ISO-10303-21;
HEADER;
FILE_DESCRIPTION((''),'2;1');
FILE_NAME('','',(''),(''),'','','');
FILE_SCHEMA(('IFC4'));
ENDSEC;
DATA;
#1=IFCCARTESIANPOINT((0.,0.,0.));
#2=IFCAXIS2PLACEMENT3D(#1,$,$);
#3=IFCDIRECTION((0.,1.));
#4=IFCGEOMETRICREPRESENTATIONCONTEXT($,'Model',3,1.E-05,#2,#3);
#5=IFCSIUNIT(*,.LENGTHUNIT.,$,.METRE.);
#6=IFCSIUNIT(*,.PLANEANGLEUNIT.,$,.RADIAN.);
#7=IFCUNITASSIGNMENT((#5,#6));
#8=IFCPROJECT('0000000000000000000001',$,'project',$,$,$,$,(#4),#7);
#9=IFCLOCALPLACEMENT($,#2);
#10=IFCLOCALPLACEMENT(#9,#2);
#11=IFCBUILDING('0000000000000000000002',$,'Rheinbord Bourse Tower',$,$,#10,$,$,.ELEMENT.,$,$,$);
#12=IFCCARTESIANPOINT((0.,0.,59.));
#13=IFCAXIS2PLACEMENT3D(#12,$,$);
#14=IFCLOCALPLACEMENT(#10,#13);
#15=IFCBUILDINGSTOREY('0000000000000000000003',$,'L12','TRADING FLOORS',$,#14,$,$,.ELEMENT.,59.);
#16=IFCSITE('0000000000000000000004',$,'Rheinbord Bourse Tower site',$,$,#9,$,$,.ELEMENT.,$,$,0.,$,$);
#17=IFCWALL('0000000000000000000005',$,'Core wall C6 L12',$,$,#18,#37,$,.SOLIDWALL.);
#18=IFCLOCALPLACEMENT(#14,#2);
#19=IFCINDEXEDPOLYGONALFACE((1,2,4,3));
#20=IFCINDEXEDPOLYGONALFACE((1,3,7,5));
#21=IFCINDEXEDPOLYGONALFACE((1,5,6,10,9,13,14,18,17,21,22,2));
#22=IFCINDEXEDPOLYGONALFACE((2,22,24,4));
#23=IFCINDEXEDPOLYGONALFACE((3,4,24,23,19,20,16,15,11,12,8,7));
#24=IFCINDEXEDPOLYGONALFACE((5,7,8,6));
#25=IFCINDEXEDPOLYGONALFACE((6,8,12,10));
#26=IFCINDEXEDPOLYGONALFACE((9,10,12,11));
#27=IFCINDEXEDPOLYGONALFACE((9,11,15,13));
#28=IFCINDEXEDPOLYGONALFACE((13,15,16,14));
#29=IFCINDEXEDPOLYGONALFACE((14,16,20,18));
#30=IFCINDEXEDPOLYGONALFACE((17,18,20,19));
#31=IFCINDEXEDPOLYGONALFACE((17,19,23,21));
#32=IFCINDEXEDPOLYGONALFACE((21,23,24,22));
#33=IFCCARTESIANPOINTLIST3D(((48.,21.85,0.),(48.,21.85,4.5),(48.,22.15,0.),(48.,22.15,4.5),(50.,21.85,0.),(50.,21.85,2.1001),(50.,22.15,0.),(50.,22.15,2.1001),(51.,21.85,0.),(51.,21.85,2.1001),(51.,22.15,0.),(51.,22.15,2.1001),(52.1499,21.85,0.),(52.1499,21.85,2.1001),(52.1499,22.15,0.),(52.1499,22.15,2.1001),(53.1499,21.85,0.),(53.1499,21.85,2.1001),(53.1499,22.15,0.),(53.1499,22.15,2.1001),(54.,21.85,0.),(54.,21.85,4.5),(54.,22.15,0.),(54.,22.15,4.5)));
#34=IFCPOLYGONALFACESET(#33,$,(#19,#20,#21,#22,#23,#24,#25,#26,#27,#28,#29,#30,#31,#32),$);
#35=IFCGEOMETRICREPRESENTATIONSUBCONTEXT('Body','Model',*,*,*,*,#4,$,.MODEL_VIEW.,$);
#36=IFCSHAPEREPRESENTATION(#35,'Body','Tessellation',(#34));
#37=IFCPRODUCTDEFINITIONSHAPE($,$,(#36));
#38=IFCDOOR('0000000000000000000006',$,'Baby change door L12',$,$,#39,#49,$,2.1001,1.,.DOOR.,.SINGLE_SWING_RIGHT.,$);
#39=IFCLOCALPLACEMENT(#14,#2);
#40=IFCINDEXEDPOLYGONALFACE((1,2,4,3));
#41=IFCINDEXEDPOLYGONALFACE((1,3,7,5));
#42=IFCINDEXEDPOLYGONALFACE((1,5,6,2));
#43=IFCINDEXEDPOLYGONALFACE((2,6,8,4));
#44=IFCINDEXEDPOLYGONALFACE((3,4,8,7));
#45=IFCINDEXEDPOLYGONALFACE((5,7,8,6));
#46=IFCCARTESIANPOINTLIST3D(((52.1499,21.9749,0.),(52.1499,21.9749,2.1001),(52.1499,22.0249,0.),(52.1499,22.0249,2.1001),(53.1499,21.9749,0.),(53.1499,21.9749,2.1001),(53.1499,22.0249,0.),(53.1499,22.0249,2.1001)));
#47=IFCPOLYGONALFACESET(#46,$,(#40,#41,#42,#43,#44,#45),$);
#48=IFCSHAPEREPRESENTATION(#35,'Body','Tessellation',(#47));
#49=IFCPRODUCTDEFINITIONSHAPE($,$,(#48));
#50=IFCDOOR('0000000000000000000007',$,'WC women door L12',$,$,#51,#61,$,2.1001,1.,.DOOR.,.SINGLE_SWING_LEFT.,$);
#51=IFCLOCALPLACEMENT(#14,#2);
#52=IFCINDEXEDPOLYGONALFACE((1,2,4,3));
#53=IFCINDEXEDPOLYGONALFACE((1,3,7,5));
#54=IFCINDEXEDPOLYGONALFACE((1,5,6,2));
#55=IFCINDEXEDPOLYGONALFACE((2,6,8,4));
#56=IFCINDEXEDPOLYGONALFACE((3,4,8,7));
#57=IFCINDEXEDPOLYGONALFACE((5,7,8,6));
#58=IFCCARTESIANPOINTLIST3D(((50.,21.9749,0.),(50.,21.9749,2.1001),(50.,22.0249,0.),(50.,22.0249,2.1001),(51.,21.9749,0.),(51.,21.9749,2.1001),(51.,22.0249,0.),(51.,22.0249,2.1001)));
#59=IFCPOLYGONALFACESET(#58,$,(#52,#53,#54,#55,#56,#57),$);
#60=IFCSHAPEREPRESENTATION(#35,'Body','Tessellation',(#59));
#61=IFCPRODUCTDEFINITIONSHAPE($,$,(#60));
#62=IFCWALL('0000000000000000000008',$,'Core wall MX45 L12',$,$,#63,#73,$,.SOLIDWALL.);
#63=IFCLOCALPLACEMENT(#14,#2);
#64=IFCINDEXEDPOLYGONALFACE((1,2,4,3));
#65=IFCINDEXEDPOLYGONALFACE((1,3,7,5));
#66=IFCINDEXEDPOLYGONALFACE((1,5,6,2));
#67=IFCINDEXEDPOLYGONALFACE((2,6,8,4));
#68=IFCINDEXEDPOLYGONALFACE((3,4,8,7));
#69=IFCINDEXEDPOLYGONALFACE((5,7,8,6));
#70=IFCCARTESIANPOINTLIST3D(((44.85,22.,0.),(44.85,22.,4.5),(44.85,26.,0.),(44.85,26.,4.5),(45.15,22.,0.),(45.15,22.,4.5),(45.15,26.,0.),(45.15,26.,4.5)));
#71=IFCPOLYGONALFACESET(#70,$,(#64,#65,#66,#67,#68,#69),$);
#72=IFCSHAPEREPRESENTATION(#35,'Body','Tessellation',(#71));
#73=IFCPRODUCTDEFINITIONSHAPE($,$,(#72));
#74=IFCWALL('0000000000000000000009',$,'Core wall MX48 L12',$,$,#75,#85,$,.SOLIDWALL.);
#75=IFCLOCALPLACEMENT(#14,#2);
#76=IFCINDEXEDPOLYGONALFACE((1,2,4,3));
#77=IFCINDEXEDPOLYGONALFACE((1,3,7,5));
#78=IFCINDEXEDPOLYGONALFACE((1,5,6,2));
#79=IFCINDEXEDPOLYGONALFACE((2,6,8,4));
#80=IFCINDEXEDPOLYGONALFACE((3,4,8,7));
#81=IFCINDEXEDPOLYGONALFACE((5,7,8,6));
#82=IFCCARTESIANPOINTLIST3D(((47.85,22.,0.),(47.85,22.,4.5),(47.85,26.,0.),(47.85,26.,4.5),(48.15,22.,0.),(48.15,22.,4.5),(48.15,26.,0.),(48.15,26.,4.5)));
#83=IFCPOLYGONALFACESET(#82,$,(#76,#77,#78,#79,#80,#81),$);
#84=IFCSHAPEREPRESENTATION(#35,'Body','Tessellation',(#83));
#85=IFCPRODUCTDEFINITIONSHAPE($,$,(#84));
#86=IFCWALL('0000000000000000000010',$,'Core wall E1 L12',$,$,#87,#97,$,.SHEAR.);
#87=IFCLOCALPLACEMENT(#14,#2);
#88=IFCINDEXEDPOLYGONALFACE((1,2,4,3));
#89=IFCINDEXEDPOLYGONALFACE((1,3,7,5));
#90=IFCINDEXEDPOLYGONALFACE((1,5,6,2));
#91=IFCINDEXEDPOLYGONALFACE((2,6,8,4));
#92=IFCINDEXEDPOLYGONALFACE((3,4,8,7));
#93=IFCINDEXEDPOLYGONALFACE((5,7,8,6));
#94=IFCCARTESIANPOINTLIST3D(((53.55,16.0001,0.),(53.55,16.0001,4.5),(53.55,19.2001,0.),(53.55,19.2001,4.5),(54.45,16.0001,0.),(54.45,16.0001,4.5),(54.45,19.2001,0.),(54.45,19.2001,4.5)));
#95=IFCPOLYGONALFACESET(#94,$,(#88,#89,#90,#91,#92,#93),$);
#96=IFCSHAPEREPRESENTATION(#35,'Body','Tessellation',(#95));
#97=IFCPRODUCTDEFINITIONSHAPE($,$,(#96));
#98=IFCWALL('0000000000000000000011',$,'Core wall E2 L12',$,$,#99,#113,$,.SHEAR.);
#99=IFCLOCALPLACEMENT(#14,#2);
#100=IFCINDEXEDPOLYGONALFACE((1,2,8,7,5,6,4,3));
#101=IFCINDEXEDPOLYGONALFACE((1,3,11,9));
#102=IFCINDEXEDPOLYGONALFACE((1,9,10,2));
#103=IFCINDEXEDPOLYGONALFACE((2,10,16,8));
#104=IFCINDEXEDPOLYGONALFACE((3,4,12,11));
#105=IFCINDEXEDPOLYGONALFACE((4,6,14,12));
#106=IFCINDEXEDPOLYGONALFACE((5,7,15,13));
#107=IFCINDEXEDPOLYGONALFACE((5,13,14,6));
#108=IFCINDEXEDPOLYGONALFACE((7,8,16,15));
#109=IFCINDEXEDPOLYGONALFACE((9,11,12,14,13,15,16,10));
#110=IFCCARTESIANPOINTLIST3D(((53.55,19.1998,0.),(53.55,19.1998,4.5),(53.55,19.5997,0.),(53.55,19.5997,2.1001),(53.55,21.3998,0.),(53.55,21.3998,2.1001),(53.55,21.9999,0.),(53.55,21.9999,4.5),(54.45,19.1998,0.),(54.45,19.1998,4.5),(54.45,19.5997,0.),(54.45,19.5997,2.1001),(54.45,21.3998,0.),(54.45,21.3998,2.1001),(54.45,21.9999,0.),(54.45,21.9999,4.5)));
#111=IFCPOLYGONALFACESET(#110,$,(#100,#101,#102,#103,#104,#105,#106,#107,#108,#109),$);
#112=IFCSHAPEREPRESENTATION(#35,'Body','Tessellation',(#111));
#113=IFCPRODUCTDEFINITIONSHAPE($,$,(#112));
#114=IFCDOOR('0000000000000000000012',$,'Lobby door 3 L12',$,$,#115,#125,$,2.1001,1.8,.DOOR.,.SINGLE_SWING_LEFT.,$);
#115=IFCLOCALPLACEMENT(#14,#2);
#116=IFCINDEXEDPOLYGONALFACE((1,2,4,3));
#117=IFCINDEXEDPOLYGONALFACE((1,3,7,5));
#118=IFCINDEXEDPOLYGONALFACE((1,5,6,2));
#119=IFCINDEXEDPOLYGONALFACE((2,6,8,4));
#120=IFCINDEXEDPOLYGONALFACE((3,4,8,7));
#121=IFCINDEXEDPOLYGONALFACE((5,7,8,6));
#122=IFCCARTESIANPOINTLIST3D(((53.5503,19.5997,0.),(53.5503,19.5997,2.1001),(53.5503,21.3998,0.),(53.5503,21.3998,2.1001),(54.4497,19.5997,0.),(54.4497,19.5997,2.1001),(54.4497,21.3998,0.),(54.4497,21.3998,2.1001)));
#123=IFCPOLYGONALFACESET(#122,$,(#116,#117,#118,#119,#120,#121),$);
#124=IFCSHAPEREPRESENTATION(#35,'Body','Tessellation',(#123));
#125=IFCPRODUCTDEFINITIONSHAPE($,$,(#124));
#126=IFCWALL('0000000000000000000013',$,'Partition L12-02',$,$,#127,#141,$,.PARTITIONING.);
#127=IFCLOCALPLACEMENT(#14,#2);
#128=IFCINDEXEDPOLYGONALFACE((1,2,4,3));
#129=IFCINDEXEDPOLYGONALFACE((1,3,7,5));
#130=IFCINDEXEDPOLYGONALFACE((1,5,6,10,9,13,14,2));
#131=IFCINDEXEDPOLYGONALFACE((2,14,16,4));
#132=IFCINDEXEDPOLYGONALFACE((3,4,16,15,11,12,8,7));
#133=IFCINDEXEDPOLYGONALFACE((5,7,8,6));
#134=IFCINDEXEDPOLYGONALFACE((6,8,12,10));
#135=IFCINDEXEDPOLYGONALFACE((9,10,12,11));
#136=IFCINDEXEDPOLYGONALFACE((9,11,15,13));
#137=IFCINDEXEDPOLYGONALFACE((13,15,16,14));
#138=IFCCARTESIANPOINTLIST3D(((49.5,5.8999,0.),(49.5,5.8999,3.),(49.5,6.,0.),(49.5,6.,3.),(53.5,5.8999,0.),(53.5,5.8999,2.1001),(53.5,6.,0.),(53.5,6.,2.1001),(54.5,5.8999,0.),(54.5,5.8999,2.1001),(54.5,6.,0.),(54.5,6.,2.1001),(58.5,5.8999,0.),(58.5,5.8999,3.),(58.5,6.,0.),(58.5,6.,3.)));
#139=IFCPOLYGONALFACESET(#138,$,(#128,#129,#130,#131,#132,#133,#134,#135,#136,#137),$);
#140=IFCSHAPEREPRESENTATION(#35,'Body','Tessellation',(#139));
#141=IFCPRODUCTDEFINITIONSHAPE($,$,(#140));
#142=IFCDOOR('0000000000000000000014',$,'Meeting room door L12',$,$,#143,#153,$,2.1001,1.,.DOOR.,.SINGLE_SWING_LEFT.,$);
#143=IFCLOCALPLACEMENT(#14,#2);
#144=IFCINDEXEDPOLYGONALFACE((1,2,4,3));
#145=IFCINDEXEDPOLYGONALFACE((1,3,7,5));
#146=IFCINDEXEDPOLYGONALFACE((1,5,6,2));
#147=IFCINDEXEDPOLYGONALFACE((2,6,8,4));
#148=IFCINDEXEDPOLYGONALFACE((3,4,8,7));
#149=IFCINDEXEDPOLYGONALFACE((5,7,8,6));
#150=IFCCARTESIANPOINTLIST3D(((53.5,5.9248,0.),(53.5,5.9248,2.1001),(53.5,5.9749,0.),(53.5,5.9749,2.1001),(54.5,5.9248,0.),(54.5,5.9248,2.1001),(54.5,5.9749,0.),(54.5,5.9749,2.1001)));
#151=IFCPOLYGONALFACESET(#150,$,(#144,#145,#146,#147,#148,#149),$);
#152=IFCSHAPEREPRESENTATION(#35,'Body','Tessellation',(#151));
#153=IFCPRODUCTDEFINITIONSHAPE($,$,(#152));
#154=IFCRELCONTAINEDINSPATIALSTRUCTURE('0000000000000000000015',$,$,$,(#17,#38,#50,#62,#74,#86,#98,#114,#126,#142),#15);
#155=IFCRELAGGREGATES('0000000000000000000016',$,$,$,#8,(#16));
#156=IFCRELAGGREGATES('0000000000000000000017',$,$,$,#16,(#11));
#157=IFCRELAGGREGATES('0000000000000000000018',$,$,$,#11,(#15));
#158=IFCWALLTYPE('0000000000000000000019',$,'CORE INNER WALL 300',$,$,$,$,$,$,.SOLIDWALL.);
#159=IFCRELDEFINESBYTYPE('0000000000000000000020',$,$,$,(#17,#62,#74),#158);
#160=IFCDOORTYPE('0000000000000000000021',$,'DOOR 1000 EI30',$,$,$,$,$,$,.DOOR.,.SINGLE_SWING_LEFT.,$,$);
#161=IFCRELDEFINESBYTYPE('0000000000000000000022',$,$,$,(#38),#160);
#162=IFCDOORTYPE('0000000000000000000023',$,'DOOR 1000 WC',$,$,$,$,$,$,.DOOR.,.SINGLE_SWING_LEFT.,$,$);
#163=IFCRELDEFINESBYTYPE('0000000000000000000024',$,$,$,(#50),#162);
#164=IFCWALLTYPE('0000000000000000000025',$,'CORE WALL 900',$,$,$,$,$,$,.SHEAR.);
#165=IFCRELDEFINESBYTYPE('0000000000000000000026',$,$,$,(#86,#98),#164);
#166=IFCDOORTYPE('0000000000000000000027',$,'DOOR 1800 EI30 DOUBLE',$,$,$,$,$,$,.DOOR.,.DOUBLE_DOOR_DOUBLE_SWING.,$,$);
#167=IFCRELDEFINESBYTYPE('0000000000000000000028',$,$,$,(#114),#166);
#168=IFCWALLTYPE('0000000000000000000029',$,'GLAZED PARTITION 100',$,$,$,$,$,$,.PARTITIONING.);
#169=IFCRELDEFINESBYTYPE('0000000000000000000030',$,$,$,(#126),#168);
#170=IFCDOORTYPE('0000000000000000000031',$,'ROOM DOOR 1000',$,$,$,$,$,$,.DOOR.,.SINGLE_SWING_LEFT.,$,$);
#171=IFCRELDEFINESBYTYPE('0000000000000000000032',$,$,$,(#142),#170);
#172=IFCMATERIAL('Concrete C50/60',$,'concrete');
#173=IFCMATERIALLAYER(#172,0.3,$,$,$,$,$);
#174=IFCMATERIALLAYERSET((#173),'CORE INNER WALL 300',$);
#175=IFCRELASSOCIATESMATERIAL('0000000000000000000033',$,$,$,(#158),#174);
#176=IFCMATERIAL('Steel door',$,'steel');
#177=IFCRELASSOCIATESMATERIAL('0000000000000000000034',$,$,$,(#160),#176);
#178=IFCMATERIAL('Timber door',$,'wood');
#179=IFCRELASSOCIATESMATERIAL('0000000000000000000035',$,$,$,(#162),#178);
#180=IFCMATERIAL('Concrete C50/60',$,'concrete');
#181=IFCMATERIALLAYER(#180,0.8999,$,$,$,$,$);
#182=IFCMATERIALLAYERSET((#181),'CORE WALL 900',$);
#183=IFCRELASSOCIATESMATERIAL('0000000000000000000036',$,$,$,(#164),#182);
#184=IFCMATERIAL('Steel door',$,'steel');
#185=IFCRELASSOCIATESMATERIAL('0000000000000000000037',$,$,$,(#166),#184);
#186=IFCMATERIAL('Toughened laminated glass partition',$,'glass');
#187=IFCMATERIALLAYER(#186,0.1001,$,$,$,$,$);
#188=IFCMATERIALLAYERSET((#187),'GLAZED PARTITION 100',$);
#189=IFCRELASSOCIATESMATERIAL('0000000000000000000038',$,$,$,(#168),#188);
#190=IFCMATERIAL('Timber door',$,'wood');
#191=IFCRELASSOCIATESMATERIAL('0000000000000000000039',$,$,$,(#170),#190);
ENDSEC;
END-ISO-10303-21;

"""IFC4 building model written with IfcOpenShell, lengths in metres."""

from ifc_helpers import new_model, si_unit, direction, frame, frame_2d, origin, place, context, subcontext, project, spatial, rectangle, extrude, material, layer, layer_set, type_object, element, fill, save


model = new_model("IFC4")

# Units and contexts
model_context = context("Model", 3, precision=1e-05, world=origin(), true_north=direction((0.0, 1.0)))
body_context = subcontext(model_context, "Body", "Model", "MODEL_VIEW")
ifc_project = project(units=[si_unit("LENGTHUNIT", "METRE"), si_unit("PLANEANGLEUNIT", "RADIAN")], contexts=[model_context])

# Site, building, storey
site_placement = place(None, origin())
site = spatial("IfcSite", under=ifc_project, at=site_placement, Name="Rheinbord Bourse Tower site", CompositionType="ELEMENT", RefElevation=0.0)
building_placement = place(site_placement, origin())
building = spatial("IfcBuilding", under=site, at=building_placement, Name="Rheinbord Bourse Tower", CompositionType="ELEMENT")
storey_placement = place(building_placement, frame((0.0, 0.0, 59.0)))
storey = spatial("IfcBuildingStorey", under=building, at=storey_placement, Name="L12", Description="TRADING FLOORS", CompositionType="ELEMENT", Elevation=59.0)

# Shared definitions
ifc_material_1 = material(Name="Concrete C50/60", Category="concrete")
ifc_layer_1 = layer(ifc_material_1, 0.3)
ifc_layer_set_1 = layer_set([ifc_layer_1], Name="CORE INNER WALL 300")
wall_type_1 = type_object("IfcWallType", Name="CORE INNER WALL 300", PredefinedType="SOLIDWALL", material=ifc_layer_set_1)
ifc_material_2 = material(Name="Steel door", Category="steel")
door_type_1 = type_object("IfcDoorType", Name="DOOR 1000 EI30", OperationType="SINGLE_SWING_LEFT", PredefinedType="DOOR", material=ifc_material_2)
ifc_material_3 = material(Name="Timber door", Category="wood")
door_type_2 = type_object("IfcDoorType", Name="DOOR 1000 WC", OperationType="SINGLE_SWING_LEFT", PredefinedType="DOOR", material=ifc_material_3)

# Wall, openings, doors
wall_1_placement = place(storey_placement, frame((48.0, 22.0, 0.0), z_axis=(0.0, 0.0, 1.0), x_axis=(1.0, 0.0, 0.0)))
wall_1 = element("IfcWall", 1, at=wall_1_placement, inside=storey, type_object=wall_type_1, Name="Core wall C6 L12", PredefinedType="SOLIDWALL", context=body_context, shape_type="SweptSolid", body=[
    extrude(rectangle(XDim=6.0, YDim=0.3, at=frame_2d((3.0, 0.0))), origin(), (0.0, 0.0, 1.0), 4.5),
])
opening_1_placement = place(wall_1_placement, frame((2.0, 0.0, 0.0)))
opening_1 = element("IfcOpeningElement", 2, at=opening_1_placement, cuts=wall_1, PredefinedType="OPENING", context=body_context, shape_type="SweptSolid", body=[
    extrude(rectangle(XDim=1.0, YDim=2.1001, at=frame_2d((0.5, 1.05))), frame((0.0, 0.1599, 0.0), z_axis=(0.0, -1.0, 0.0), x_axis=(1.0, 0.0, 0.0)), (0.0, 0.0, 1.0), 0.3201),
])
opening_2_placement = place(wall_1_placement, frame((4.1499, 0.0, 0.0)))
opening_2 = element("IfcOpeningElement", 3, at=opening_2_placement, cuts=wall_1, PredefinedType="OPENING", context=body_context, shape_type="SweptSolid", body=[
    extrude(rectangle(XDim=1.0, YDim=2.1001, at=frame_2d((0.5, 1.05))), frame((0.0, 0.1599, 0.0), z_axis=(0.0, -1.0, 0.0), x_axis=(1.0, 0.0, 0.0)), (0.0, 0.0, 1.0), 0.3201),
])
door_1_placement = place(opening_2_placement, origin())
door_1 = element("IfcDoor", 4, at=door_1_placement, inside=storey, type_object=door_type_1, Name="Baby change door L12", OperationType="SINGLE_SWING_RIGHT", OverallHeight=2.1001, OverallWidth=1.0, PredefinedType="DOOR", context=body_context, shape_type="SweptSolid", body=[
    extrude(rectangle(XDim=1.0, YDim=2.1001, at=frame_2d((0.5, 1.05))), frame((0.0, 0.0249, 0.0), z_axis=(0.0, -1.0, 0.0), x_axis=(1.0, 0.0, 0.0)), (0.0, 0.0, 1.0), 0.05),
])
fill(opening_2, door_1)
door_2_placement = place(opening_1_placement, origin())
door_2 = element("IfcDoor", 5, at=door_2_placement, inside=storey, type_object=door_type_2, Name="WC women door L12", OperationType="SINGLE_SWING_LEFT", OverallHeight=2.1001, OverallWidth=1.0, PredefinedType="DOOR", context=body_context, shape_type="SweptSolid", body=[
    extrude(rectangle(XDim=1.0, YDim=2.1001, at=frame_2d((0.5, 1.05))), frame((0.0, 0.0249, 0.0), z_axis=(0.0, -1.0, 0.0), x_axis=(1.0, 0.0, 0.0)), (0.0, 0.0, 1.0), 0.05),
])
fill(opening_1, door_2)

# Walls
for number, where, z_axis, x_axis, name in (
    (6, (45.0, 22.0, 0.0), (0.0, 0.0, 1.0), (0.0, 1.0, 0.0), "Core wall MX45 L12"),
    (7, (48.0, 22.0, 0.0), (0.0, 0.0, 1.0), (0.0, 1.0, 0.0), "Core wall MX48 L12"),
):
    element("IfcWall", number, at=place(storey_placement, frame(where, z_axis=z_axis, x_axis=x_axis)), inside=storey, type_object=wall_type_1, Name=name, PredefinedType="SOLIDWALL", context=body_context, shape_type="SweptSolid", body=[
        extrude(rectangle(XDim=4.0, YDim=0.3, at=frame_2d((2.0, 0.0))), origin(), (0.0, 0.0, 1.0), 4.5),
    ])
ifc_material_4 = material(Name="Concrete C50/60", Category="concrete")
ifc_layer_2 = layer(ifc_material_4, 0.8999)
ifc_layer_set_2 = layer_set([ifc_layer_2], Name="CORE WALL 900")
wall_type_2 = type_object("IfcWallType", Name="CORE WALL 900", PredefinedType="SHEAR", material=ifc_layer_set_2)
wall_2_placement = place(storey_placement, frame((54.0, 16.0, 0.0), z_axis=(0.0, 0.0, 1.0), x_axis=(0.0, 1.0, 0.0)))
element("IfcWall", 8, at=wall_2_placement, inside=storey, type_object=wall_type_2, Name="Core wall E1 L12", PredefinedType="SHEAR", context=body_context, shape_type="SweptSolid", body=[
    extrude(rectangle(XDim=3.2, YDim=0.8999, at=frame_2d((1.6001, 0.0))), origin(), (0.0, 0.0, 1.0), 4.5),
])

# Walls, openings, doors
wall_3_placement = place(storey_placement, frame((54.0, 19.2, 0.0), z_axis=(0.0, 0.0, 1.0), x_axis=(0.0, 1.0, 0.0)))
wall_3 = element("IfcWall", 9, at=wall_3_placement, inside=storey, type_object=wall_type_2, Name="Core wall E2 L12", PredefinedType="SHEAR", context=body_context, shape_type="SweptSolid", body=[
    extrude(rectangle(XDim=2.8, YDim=0.8999, at=frame_2d((1.3999, 0.0))), origin(), (0.0, 0.0, 1.0), 4.5),
])
opening_3_placement = place(wall_3_placement, frame((0.3999, 0.0, 0.0)))
opening_3 = element("IfcOpeningElement", 10, at=opening_3_placement, cuts=wall_3, PredefinedType="OPENING", context=body_context, shape_type="SweptSolid", body=[
    extrude(rectangle(XDim=1.8, YDim=2.1001, at=frame_2d((0.8999, 1.05))), frame((0.0, 0.46, 0.0), z_axis=(0.0, -1.0, 0.0), x_axis=(1.0, 0.0, 0.0)), (0.0, 0.0, 1.0), 0.9199),
])
ifc_material_5 = material(Name="Steel door", Category="steel")
door_type_3 = type_object("IfcDoorType", Name="DOOR 1800 EI30 DOUBLE", OperationType="DOUBLE_DOOR_DOUBLE_SWING", PredefinedType="DOOR", material=ifc_material_5)
door_3_placement = place(opening_3_placement, origin())
door_3 = element("IfcDoor", 11, at=door_3_placement, inside=storey, type_object=door_type_3, Name="Lobby door 3 L12", OperationType="SINGLE_SWING_LEFT", OverallHeight=2.1001, OverallWidth=1.8, PredefinedType="DOOR", context=body_context, shape_type="SweptSolid", body=[
    extrude(rectangle(XDim=1.8, YDim=2.1001, at=frame_2d((0.8999, 1.05))), frame((0.0, 0.4497, 0.0), z_axis=(0.0, -1.0, 0.0), x_axis=(1.0, 0.0, 0.0)), (0.0, 0.0, 1.0), 0.8994),
])
fill(opening_3, door_3)
ifc_material_6 = material(Name="Toughened laminated glass partition", Category="glass")
ifc_layer_3 = layer(ifc_material_6, 0.1001)
ifc_layer_set_3 = layer_set([ifc_layer_3], Name="GLAZED PARTITION 100")
wall_type_3 = type_object("IfcWallType", Name="GLAZED PARTITION 100", PredefinedType="PARTITIONING", material=ifc_layer_set_3)
wall_4_placement = place(storey_placement, frame((49.5, 5.95, 0.0), z_axis=(0.0, 0.0, 1.0), x_axis=(1.0, 0.0, 0.0)))
wall_4 = element("IfcWall", 12, at=wall_4_placement, inside=storey, type_object=wall_type_3, Name="Partition L12-02", PredefinedType="PARTITIONING", context=body_context, shape_type="SweptSolid", body=[
    extrude(rectangle(XDim=9.0, YDim=0.1001, at=frame_2d((4.5, 0.0))), origin(), (0.0, 0.0, 1.0), 3.0),
])
opening_4_placement = place(wall_4_placement, frame((4.0, 0.0, 0.0)))
opening_4 = element("IfcOpeningElement", 13, at=opening_4_placement, cuts=wall_4, PredefinedType="OPENING", context=body_context, shape_type="SweptSolid", body=[
    extrude(rectangle(XDim=1.0, YDim=2.1001, at=frame_2d((0.5, 1.05))), frame((0.0, 0.0601, 0.0), z_axis=(0.0, -1.0, 0.0), x_axis=(1.0, 0.0, 0.0)), (0.0, 0.0, 1.0), 0.1201),
])
ifc_material_7 = material(Name="Timber door", Category="wood")
door_type_4 = type_object("IfcDoorType", Name="ROOM DOOR 1000", OperationType="SINGLE_SWING_LEFT", PredefinedType="DOOR", material=ifc_material_7)
door_4_placement = place(opening_4_placement, origin())
door_4 = element("IfcDoor", 14, at=door_4_placement, inside=storey, type_object=door_type_4, Name="Meeting room door L12", OperationType="SINGLE_SWING_LEFT", OverallHeight=2.1001, OverallWidth=1.0, PredefinedType="DOOR", context=body_context, shape_type="SweptSolid", body=[
    extrude(rectangle(XDim=1.0, YDim=2.1001, at=frame_2d((0.5, 1.05))), frame((0.0, 0.0249, 0.0), z_axis=(0.0, -1.0, 0.0), x_axis=(1.0, 0.0, 0.0)), (0.0, 0.0, 1.0), 0.05),
])
fill(opening_4, door_4)

save(model, "model.ifc")
